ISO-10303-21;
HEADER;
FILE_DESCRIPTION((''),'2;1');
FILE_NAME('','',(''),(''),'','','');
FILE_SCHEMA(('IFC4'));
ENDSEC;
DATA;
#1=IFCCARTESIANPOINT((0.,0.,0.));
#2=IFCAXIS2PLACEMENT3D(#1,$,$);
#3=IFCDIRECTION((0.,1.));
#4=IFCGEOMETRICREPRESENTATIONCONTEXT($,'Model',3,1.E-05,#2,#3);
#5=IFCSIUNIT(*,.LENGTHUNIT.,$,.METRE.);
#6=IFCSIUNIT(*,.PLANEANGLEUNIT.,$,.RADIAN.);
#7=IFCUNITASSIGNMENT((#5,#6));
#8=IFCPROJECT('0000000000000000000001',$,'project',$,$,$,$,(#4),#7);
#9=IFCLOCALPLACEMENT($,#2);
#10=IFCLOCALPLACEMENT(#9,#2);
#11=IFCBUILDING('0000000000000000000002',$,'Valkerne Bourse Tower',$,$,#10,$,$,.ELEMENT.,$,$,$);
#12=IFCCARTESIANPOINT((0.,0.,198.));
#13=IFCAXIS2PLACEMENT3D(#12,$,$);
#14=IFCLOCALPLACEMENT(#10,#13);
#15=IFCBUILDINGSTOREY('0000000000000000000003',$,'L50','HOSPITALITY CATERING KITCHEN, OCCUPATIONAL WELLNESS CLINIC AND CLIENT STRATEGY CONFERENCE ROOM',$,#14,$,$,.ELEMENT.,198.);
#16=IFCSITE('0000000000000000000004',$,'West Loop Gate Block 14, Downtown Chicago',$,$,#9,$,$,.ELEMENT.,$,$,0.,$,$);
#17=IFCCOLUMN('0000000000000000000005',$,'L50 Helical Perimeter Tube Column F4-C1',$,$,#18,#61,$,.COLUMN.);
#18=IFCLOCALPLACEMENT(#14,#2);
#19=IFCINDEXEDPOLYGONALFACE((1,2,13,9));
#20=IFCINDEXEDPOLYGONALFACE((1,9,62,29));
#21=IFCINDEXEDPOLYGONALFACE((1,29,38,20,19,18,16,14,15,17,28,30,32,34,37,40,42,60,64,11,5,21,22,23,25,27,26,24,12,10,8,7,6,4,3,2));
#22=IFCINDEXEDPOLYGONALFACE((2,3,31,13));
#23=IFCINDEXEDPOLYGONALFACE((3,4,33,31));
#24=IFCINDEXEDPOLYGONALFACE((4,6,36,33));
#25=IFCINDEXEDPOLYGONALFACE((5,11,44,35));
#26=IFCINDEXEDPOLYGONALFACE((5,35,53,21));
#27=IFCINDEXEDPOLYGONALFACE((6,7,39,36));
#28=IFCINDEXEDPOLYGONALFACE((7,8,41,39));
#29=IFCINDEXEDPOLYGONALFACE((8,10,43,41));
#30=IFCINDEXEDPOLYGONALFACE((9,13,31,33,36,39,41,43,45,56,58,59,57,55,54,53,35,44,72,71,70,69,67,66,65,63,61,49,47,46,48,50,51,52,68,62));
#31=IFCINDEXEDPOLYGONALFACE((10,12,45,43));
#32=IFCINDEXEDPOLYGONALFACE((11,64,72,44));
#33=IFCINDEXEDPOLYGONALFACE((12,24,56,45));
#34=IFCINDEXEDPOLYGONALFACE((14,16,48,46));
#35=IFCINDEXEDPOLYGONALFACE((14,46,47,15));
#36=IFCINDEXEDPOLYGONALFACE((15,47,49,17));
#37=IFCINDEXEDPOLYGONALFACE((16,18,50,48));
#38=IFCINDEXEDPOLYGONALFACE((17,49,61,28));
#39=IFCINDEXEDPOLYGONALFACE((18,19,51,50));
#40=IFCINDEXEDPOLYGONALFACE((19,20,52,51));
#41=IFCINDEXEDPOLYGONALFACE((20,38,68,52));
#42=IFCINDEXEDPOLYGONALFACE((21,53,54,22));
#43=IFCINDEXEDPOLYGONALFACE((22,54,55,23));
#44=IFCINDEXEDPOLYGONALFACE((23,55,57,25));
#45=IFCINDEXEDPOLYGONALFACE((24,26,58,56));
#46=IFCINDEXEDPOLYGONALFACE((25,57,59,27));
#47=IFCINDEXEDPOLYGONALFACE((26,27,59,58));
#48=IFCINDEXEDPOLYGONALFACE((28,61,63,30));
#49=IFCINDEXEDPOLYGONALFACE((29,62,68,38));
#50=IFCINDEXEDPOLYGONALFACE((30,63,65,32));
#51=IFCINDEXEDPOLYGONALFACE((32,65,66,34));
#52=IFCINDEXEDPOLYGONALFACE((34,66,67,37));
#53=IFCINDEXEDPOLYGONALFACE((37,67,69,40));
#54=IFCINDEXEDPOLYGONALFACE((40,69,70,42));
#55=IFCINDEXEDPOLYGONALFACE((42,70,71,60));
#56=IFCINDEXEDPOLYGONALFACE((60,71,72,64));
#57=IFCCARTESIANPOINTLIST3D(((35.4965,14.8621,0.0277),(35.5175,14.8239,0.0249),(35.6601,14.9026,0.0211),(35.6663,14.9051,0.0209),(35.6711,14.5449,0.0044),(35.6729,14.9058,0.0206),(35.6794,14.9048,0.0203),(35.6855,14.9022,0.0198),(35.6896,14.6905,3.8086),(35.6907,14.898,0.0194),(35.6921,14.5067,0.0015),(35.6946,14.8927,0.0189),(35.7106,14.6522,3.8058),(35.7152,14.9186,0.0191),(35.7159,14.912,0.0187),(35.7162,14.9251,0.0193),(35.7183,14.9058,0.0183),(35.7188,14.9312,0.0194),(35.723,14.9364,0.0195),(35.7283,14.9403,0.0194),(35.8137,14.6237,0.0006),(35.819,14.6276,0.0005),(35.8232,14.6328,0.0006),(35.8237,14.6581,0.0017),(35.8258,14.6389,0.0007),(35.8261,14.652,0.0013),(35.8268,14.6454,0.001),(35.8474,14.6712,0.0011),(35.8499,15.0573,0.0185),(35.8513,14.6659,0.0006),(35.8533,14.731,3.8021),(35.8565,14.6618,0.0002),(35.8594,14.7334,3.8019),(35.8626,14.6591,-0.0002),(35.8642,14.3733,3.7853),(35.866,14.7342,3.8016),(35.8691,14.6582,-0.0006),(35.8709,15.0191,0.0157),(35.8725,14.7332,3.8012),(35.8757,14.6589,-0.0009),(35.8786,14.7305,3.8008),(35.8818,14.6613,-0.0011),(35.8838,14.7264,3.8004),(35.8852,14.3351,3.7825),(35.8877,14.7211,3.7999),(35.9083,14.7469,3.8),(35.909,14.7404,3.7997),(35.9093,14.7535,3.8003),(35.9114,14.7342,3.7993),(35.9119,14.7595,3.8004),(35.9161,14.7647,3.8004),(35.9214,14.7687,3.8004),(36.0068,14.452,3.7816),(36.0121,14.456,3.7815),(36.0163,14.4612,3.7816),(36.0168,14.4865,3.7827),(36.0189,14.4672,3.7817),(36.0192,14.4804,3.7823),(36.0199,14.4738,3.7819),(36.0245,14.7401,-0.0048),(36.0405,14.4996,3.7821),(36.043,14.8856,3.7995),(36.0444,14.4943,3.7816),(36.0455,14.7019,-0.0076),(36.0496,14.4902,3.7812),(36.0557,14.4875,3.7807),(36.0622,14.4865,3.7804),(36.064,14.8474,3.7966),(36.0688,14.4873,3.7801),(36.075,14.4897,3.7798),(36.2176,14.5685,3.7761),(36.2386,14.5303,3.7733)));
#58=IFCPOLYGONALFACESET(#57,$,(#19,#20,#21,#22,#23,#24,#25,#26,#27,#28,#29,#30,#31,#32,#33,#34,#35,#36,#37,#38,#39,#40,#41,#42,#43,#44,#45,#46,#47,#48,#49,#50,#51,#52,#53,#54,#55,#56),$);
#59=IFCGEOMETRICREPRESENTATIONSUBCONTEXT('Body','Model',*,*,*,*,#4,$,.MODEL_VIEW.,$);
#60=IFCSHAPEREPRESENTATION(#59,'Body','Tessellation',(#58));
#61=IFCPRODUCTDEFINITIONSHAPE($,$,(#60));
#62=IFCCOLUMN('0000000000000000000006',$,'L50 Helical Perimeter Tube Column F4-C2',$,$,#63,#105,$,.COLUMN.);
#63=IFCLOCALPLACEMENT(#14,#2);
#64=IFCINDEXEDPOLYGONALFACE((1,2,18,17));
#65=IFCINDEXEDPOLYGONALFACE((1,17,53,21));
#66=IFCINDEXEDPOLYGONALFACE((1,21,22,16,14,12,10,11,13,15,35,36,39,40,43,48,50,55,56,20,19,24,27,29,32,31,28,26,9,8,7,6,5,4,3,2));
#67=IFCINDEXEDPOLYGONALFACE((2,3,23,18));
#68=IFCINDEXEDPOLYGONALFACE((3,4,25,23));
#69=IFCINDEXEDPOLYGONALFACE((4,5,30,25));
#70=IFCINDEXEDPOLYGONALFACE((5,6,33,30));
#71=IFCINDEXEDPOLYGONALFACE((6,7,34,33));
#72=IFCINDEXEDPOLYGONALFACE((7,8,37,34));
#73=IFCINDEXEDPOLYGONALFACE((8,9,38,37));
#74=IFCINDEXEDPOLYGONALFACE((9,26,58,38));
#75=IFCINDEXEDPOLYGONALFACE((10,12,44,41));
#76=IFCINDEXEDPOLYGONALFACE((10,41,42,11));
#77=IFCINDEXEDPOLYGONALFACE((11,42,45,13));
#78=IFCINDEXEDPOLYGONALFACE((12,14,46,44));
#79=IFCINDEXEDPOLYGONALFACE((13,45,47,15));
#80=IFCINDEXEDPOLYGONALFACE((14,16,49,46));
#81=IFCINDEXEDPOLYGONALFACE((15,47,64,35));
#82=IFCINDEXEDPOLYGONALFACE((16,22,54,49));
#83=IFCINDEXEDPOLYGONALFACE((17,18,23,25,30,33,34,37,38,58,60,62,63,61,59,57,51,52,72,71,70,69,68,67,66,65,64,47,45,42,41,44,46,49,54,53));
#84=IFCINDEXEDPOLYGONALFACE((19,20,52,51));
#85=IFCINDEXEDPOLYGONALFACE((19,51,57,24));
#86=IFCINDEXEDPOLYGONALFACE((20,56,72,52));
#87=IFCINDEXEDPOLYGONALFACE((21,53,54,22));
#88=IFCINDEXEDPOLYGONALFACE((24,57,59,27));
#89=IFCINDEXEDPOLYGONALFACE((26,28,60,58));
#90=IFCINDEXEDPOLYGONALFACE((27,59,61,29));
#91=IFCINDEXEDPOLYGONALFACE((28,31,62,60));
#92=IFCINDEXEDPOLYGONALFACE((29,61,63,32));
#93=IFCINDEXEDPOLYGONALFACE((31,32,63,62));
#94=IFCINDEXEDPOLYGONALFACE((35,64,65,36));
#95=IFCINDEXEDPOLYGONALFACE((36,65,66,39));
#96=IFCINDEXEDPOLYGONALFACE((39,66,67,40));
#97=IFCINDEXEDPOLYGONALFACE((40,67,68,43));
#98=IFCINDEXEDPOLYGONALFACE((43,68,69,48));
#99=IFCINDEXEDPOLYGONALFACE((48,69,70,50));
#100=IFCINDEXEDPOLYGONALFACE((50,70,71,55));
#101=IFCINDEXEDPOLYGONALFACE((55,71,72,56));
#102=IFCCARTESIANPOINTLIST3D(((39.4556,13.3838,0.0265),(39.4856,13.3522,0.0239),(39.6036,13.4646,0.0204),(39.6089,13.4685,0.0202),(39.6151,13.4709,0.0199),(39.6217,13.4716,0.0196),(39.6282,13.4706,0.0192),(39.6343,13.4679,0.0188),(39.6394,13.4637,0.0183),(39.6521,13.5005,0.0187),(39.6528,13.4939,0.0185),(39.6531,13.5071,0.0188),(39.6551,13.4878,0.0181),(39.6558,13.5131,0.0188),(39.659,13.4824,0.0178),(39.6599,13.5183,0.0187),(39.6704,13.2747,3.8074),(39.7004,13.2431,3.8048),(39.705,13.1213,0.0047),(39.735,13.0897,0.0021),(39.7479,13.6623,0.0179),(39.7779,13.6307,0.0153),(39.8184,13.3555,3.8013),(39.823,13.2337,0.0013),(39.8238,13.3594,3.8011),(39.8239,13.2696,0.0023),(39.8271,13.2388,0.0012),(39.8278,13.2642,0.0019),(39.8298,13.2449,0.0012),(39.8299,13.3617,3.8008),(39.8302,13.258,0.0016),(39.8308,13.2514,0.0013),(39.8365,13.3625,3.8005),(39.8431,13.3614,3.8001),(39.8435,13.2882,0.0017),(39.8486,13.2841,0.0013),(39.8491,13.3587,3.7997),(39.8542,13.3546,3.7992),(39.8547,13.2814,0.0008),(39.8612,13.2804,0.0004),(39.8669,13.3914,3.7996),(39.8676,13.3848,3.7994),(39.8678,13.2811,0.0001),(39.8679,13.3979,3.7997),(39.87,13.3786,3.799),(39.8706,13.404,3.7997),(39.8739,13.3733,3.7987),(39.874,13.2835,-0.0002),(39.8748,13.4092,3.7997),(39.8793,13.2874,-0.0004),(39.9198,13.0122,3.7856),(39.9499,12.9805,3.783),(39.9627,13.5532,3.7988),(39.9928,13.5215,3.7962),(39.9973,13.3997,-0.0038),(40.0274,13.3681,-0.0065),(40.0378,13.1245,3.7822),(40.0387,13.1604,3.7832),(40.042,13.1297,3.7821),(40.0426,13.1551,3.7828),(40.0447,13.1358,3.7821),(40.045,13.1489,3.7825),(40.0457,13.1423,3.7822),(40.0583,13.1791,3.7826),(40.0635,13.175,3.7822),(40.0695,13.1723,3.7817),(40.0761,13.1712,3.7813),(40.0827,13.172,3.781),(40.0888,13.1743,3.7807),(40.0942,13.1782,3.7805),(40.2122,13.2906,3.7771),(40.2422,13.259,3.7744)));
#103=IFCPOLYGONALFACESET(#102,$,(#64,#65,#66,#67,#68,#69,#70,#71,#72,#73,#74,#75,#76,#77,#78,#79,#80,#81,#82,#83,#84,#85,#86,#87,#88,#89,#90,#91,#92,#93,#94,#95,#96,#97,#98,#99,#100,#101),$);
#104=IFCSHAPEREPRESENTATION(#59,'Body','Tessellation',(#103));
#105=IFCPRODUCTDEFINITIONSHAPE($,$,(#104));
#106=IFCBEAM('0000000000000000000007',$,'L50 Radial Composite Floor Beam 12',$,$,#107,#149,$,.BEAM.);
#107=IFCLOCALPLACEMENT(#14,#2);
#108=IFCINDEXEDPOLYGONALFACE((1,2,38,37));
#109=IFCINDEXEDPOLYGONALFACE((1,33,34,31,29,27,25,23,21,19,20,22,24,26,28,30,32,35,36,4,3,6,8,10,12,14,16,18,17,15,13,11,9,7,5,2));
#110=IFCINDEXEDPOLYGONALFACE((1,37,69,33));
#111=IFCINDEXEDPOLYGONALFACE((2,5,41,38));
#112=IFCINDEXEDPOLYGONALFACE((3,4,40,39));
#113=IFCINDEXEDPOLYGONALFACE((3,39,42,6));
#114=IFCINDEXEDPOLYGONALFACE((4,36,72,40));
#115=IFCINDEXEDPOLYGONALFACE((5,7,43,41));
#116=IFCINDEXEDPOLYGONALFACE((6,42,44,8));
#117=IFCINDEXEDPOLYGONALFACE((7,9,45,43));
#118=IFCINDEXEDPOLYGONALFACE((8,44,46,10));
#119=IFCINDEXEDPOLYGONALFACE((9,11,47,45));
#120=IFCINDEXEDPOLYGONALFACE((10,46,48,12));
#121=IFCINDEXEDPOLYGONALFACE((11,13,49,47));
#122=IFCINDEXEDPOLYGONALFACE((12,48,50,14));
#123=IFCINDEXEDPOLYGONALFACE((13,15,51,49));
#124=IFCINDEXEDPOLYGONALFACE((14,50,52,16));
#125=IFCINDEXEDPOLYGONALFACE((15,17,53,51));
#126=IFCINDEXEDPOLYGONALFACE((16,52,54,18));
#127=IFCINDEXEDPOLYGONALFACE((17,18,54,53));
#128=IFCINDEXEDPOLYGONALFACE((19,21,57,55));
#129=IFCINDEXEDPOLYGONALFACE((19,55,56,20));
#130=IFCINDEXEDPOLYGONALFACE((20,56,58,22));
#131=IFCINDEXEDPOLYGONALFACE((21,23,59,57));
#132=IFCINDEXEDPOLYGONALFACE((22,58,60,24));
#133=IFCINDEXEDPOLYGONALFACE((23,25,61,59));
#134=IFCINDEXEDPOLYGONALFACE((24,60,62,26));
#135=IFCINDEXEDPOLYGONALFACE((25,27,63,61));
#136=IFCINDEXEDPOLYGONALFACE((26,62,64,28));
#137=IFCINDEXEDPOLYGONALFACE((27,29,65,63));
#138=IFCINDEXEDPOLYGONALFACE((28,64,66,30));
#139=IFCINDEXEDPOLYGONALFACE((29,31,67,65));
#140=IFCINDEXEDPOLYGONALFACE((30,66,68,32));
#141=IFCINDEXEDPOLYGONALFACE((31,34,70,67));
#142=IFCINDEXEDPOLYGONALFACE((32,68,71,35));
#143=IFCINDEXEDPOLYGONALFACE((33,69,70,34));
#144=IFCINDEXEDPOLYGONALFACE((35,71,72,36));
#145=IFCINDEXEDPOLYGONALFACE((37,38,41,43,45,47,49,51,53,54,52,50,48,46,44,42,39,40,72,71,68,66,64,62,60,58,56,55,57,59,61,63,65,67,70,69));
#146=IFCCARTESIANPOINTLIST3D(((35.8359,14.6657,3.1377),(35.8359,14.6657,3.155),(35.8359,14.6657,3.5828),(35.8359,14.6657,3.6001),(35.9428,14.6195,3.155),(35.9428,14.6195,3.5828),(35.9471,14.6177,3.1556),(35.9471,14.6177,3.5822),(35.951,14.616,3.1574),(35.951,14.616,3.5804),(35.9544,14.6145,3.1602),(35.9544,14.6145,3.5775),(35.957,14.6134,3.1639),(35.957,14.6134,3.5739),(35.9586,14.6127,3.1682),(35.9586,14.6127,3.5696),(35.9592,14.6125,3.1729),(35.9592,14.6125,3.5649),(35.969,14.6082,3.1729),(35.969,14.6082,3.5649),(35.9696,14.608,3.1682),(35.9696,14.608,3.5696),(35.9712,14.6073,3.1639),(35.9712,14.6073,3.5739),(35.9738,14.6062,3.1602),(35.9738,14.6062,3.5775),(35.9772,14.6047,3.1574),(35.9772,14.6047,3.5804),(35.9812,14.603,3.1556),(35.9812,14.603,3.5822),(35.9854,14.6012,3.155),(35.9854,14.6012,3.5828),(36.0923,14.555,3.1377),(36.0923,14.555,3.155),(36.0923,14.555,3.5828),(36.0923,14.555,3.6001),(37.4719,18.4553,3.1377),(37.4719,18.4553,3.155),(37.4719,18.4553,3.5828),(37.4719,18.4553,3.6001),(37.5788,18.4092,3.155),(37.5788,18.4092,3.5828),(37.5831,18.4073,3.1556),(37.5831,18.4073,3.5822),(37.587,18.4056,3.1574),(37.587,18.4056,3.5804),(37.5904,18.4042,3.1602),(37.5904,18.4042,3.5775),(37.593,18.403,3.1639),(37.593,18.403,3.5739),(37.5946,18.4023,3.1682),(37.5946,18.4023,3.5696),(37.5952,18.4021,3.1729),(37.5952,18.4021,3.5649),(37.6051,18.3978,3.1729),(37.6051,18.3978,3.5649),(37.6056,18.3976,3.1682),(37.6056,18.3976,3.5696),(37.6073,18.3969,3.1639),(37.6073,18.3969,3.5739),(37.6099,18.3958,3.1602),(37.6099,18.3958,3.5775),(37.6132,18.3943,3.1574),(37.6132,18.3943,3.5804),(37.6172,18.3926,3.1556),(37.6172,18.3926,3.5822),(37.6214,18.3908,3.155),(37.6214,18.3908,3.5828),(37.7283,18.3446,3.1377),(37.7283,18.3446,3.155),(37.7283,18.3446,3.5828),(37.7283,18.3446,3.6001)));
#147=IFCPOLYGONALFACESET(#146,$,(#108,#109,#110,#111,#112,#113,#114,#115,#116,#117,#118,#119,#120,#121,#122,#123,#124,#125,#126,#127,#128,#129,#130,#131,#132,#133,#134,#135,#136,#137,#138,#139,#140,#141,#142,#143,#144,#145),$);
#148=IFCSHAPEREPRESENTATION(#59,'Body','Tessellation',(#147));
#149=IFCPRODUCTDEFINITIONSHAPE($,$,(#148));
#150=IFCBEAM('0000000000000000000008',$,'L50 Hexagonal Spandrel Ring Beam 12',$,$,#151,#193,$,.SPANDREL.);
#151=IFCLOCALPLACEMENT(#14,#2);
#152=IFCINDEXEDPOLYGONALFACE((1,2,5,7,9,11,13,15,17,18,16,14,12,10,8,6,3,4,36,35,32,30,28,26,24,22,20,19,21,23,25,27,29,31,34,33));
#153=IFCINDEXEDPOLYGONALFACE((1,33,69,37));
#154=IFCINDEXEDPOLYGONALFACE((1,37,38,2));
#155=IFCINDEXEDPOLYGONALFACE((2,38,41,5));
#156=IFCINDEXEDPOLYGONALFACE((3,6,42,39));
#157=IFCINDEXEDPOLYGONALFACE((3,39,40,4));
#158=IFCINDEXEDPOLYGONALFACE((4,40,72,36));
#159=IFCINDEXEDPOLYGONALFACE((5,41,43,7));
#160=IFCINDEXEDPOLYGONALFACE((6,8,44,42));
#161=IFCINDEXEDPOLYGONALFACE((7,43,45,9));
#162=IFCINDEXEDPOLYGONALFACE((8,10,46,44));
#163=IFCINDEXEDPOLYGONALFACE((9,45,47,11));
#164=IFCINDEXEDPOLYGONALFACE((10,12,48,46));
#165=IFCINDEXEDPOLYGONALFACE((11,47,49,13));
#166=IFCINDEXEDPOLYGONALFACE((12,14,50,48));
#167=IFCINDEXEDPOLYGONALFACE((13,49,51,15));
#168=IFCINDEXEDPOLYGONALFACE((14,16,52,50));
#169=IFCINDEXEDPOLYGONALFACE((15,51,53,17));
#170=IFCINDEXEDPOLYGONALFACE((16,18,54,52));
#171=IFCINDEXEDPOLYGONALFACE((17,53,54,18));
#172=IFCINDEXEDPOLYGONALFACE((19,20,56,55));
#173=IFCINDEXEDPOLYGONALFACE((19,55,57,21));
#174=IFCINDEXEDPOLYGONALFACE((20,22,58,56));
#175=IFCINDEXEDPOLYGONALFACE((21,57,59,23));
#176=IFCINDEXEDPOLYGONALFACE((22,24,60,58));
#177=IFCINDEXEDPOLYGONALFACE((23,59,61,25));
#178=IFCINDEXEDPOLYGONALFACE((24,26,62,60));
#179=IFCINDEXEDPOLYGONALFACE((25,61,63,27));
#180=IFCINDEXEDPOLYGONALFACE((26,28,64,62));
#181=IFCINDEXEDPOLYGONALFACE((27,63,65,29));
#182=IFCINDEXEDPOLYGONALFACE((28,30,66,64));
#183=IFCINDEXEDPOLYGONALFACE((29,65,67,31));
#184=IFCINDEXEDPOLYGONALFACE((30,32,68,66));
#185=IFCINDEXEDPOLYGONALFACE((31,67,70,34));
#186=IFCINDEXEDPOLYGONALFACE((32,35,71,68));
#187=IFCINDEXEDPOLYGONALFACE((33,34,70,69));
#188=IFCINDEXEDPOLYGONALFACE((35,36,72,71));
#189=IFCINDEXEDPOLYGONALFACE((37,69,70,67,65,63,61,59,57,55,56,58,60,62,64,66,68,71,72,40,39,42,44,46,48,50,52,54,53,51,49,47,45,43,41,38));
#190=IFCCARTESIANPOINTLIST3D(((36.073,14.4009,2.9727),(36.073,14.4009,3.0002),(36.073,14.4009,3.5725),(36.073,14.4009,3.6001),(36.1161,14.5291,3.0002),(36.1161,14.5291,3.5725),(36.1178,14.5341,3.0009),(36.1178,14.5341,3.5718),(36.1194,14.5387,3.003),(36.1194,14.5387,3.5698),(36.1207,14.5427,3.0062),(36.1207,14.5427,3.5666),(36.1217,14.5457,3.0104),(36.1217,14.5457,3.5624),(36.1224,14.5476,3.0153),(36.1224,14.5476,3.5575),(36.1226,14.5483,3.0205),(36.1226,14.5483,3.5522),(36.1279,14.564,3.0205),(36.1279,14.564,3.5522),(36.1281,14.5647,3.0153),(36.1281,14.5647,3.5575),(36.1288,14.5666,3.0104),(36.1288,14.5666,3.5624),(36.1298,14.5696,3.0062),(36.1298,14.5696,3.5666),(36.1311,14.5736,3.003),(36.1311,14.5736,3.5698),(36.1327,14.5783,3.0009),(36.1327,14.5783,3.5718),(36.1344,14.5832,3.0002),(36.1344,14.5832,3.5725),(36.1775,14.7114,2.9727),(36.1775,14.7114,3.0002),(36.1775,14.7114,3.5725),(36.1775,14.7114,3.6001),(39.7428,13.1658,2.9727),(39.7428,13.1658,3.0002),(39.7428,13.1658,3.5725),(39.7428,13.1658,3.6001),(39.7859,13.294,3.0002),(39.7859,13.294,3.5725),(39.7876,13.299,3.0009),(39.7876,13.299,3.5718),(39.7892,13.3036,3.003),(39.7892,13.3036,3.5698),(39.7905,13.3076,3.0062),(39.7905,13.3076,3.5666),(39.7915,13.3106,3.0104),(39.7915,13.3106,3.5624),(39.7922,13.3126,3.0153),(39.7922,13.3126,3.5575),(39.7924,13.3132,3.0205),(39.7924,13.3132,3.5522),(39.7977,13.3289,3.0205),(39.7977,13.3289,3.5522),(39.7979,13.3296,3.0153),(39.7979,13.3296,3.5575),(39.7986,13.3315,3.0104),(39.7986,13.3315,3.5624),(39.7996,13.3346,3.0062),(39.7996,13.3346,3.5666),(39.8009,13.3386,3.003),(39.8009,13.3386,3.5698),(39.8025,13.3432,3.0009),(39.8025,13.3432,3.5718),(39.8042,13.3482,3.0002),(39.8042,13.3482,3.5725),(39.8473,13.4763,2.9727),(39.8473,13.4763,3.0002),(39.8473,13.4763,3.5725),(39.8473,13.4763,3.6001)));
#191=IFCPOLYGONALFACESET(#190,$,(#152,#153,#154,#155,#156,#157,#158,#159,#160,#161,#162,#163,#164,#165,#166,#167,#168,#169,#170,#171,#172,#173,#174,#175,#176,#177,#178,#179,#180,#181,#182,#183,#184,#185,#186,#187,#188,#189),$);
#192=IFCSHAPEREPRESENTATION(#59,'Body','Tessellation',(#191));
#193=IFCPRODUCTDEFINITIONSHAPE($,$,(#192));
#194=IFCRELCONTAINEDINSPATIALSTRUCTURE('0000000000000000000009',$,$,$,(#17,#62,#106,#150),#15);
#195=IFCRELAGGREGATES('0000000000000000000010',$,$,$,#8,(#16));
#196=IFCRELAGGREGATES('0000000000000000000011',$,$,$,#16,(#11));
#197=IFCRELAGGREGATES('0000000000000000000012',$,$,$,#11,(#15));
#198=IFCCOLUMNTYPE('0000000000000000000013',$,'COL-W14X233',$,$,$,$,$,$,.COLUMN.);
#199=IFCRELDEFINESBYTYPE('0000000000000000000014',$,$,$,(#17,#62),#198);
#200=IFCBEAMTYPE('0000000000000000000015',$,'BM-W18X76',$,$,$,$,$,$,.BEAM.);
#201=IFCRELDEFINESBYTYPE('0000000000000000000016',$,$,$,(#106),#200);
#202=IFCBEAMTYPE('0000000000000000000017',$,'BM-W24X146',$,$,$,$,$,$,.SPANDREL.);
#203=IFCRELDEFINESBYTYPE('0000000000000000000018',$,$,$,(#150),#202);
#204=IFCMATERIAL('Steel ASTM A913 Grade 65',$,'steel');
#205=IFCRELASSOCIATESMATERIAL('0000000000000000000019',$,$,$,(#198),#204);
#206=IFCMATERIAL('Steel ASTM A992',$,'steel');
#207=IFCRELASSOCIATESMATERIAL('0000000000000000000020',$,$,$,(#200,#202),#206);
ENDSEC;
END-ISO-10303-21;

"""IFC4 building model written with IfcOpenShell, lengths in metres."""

from ifc_helpers import new_model, si_unit, direction, frame, origin, origin_2d, place, context, subcontext, project, spatial, i_section, extrude, material, material_profile, profile_set, type_object, element, save


model = new_model("IFC4")

# Units and contexts
model_context = context("Model", 3, precision=1e-05, world=origin(), true_north=direction((0.0, 1.0)))
body_context = subcontext(model_context, "Body", "Model", "MODEL_VIEW")
ifc_project = project(units=[si_unit("LENGTHUNIT", "METRE"), si_unit("PLANEANGLEUNIT", "RADIAN")], contexts=[model_context])

# Site, building, storey
site_placement = place(None, origin())
site = spatial("IfcSite", under=ifc_project, at=site_placement, Name="West Loop Gate Block 14, Downtown Chicago", CompositionType="ELEMENT", RefElevation=0.0)
building_placement = place(site_placement, origin())
building = spatial("IfcBuilding", under=site, at=building_placement, Name="Valkerne Bourse Tower", CompositionType="ELEMENT")
storey_placement = place(building_placement, frame((0.0, 0.0, 198.0)))
storey = spatial("IfcBuildingStorey", under=building, at=storey_placement, Name="L50", Description="HOSPITALITY CATERING KITCHEN, OCCUPATIONAL WELLNESS CLINIC AND CLIENT STRATEGY CONFERENCE ROOM", CompositionType="ELEMENT", Elevation=198.0)

# Columns
ifc_material_1 = material(Name="Steel ASTM A913 Grade 65", Category="steel")
ifc_material_profile_1 = material_profile(ifc_material_1, i_section(OverallWidth=0.4038, OverallDepth=0.4065, WebThickness=0.0271, FlangeThickness=0.0437, FilletRadius=0.0254, at=origin_2d()), Name="W14X233")
ifc_profile_set_1 = profile_set([ifc_material_profile_1], Name="Steel ASTM A913 Grade 65")
column_type = type_object("IfcColumnType", Name="COL-W14X233", PredefinedType="COLUMN", material=ifc_profile_set_1)
column_1_placement = place(storey_placement, frame((35.771, 14.782, 0.01), z_axis=(0.050956, -0.045287, 0.997674), x_axis=(0.875129, 0.483354, -0.022756)))
element("IfcColumn", 1, at=column_1_placement, inside=storey, type_object=column_type, Name="L50 Helical Perimeter Tube Column F4-C1", PredefinedType="COLUMN", context=body_context, shape_type="SweptSolid", body=[
    extrude(i_section(OverallWidth=0.4038, OverallDepth=0.4065, WebThickness=0.0271, FlangeThickness=0.0437, FilletRadius=0.0254, at=origin_2d()), origin(), (0.0, 0.0, 1.0), 3.7898),
])
column_2_placement = place(storey_placement, frame((39.7415, 13.376, 0.01), z_axis=(0.056707, -0.028804, 0.997975), x_axis=(0.723912, 0.689565, -0.021231)))
element("IfcColumn", 2, at=column_2_placement, inside=storey, type_object=column_type, Name="L50 Helical Perimeter Tube Column F4-C2", PredefinedType="COLUMN", context=body_context, shape_type="SweptSolid", body=[
    extrude(i_section(OverallWidth=0.4038, OverallDepth=0.4065, WebThickness=0.0271, FlangeThickness=0.0437, FilletRadius=0.0254, at=origin_2d()), origin(), (0.0, 0.0, 1.0), 3.7886),
])

# Beams
ifc_material_2 = material(Name="Steel ASTM A992", Category="steel")
ifc_material_profile_2 = material_profile(ifc_material_2, i_section(OverallWidth=0.2793, OverallDepth=0.4624, WebThickness=0.0107, FlangeThickness=0.0173, FilletRadius=0.0178, at=origin_2d()), Name="W18X76")
ifc_profile_set_2 = profile_set([ifc_material_profile_2], Name="Steel ASTM A992")
beam_type_1 = type_object("IfcBeamType", Name="BM-W18X76", PredefinedType="BEAM", material=ifc_profile_set_2)
beam_1_placement = place(storey_placement, frame((35.9641, 14.6104, 3.3689), z_axis=(0.396352, 0.918099, 0.0), x_axis=(-0.918099, 0.396352, 0.0)))
element("IfcBeam", 3, at=beam_1_placement, inside=storey, type_object=beam_type_1, Name="L50 Radial Composite Floor Beam 12", PredefinedType="BEAM", context=body_context, shape_type="SweptSolid", body=[
    extrude(i_section(OverallWidth=0.2793, OverallDepth=0.4624, WebThickness=0.0107, FlangeThickness=0.0173, FilletRadius=0.0178, at=origin_2d()), origin(), (0.0, 0.0, 1.0), 4.1277),
])
ifc_material_profile_3 = material_profile(ifc_material_2, i_section(OverallWidth=0.3276, OverallDepth=0.6274, WebThickness=0.0166, FlangeThickness=0.0276, FilletRadius=0.0203, at=origin_2d()), Name="W24X146")
ifc_profile_set_3 = profile_set([ifc_material_profile_3], Name="Steel ASTM A992")
beam_type_2 = type_object("IfcBeamType", Name="BM-W24X146", PredefinedType="SPANDREL", material=ifc_profile_set_3)
beam_2_placement = place(storey_placement, frame((36.1252, 14.5562, 3.2864), z_axis=(0.947765, -0.318969, 0.0), x_axis=(0.318969, 0.947765, 0.0)))
element("IfcBeam", 4, at=beam_2_placement, inside=storey, type_object=beam_type_2, Name="L50 Hexagonal Spandrel Ring Beam 12", PredefinedType="SPANDREL", context=body_context, shape_type="SweptSolid", body=[
    extrude(i_section(OverallWidth=0.3276, OverallDepth=0.6274, WebThickness=0.0166, FlangeThickness=0.0276, FilletRadius=0.0203, at=origin_2d()), origin(), (0.0, 0.0, 1.0), 3.8721),
])

save(model, "model.ifc")
